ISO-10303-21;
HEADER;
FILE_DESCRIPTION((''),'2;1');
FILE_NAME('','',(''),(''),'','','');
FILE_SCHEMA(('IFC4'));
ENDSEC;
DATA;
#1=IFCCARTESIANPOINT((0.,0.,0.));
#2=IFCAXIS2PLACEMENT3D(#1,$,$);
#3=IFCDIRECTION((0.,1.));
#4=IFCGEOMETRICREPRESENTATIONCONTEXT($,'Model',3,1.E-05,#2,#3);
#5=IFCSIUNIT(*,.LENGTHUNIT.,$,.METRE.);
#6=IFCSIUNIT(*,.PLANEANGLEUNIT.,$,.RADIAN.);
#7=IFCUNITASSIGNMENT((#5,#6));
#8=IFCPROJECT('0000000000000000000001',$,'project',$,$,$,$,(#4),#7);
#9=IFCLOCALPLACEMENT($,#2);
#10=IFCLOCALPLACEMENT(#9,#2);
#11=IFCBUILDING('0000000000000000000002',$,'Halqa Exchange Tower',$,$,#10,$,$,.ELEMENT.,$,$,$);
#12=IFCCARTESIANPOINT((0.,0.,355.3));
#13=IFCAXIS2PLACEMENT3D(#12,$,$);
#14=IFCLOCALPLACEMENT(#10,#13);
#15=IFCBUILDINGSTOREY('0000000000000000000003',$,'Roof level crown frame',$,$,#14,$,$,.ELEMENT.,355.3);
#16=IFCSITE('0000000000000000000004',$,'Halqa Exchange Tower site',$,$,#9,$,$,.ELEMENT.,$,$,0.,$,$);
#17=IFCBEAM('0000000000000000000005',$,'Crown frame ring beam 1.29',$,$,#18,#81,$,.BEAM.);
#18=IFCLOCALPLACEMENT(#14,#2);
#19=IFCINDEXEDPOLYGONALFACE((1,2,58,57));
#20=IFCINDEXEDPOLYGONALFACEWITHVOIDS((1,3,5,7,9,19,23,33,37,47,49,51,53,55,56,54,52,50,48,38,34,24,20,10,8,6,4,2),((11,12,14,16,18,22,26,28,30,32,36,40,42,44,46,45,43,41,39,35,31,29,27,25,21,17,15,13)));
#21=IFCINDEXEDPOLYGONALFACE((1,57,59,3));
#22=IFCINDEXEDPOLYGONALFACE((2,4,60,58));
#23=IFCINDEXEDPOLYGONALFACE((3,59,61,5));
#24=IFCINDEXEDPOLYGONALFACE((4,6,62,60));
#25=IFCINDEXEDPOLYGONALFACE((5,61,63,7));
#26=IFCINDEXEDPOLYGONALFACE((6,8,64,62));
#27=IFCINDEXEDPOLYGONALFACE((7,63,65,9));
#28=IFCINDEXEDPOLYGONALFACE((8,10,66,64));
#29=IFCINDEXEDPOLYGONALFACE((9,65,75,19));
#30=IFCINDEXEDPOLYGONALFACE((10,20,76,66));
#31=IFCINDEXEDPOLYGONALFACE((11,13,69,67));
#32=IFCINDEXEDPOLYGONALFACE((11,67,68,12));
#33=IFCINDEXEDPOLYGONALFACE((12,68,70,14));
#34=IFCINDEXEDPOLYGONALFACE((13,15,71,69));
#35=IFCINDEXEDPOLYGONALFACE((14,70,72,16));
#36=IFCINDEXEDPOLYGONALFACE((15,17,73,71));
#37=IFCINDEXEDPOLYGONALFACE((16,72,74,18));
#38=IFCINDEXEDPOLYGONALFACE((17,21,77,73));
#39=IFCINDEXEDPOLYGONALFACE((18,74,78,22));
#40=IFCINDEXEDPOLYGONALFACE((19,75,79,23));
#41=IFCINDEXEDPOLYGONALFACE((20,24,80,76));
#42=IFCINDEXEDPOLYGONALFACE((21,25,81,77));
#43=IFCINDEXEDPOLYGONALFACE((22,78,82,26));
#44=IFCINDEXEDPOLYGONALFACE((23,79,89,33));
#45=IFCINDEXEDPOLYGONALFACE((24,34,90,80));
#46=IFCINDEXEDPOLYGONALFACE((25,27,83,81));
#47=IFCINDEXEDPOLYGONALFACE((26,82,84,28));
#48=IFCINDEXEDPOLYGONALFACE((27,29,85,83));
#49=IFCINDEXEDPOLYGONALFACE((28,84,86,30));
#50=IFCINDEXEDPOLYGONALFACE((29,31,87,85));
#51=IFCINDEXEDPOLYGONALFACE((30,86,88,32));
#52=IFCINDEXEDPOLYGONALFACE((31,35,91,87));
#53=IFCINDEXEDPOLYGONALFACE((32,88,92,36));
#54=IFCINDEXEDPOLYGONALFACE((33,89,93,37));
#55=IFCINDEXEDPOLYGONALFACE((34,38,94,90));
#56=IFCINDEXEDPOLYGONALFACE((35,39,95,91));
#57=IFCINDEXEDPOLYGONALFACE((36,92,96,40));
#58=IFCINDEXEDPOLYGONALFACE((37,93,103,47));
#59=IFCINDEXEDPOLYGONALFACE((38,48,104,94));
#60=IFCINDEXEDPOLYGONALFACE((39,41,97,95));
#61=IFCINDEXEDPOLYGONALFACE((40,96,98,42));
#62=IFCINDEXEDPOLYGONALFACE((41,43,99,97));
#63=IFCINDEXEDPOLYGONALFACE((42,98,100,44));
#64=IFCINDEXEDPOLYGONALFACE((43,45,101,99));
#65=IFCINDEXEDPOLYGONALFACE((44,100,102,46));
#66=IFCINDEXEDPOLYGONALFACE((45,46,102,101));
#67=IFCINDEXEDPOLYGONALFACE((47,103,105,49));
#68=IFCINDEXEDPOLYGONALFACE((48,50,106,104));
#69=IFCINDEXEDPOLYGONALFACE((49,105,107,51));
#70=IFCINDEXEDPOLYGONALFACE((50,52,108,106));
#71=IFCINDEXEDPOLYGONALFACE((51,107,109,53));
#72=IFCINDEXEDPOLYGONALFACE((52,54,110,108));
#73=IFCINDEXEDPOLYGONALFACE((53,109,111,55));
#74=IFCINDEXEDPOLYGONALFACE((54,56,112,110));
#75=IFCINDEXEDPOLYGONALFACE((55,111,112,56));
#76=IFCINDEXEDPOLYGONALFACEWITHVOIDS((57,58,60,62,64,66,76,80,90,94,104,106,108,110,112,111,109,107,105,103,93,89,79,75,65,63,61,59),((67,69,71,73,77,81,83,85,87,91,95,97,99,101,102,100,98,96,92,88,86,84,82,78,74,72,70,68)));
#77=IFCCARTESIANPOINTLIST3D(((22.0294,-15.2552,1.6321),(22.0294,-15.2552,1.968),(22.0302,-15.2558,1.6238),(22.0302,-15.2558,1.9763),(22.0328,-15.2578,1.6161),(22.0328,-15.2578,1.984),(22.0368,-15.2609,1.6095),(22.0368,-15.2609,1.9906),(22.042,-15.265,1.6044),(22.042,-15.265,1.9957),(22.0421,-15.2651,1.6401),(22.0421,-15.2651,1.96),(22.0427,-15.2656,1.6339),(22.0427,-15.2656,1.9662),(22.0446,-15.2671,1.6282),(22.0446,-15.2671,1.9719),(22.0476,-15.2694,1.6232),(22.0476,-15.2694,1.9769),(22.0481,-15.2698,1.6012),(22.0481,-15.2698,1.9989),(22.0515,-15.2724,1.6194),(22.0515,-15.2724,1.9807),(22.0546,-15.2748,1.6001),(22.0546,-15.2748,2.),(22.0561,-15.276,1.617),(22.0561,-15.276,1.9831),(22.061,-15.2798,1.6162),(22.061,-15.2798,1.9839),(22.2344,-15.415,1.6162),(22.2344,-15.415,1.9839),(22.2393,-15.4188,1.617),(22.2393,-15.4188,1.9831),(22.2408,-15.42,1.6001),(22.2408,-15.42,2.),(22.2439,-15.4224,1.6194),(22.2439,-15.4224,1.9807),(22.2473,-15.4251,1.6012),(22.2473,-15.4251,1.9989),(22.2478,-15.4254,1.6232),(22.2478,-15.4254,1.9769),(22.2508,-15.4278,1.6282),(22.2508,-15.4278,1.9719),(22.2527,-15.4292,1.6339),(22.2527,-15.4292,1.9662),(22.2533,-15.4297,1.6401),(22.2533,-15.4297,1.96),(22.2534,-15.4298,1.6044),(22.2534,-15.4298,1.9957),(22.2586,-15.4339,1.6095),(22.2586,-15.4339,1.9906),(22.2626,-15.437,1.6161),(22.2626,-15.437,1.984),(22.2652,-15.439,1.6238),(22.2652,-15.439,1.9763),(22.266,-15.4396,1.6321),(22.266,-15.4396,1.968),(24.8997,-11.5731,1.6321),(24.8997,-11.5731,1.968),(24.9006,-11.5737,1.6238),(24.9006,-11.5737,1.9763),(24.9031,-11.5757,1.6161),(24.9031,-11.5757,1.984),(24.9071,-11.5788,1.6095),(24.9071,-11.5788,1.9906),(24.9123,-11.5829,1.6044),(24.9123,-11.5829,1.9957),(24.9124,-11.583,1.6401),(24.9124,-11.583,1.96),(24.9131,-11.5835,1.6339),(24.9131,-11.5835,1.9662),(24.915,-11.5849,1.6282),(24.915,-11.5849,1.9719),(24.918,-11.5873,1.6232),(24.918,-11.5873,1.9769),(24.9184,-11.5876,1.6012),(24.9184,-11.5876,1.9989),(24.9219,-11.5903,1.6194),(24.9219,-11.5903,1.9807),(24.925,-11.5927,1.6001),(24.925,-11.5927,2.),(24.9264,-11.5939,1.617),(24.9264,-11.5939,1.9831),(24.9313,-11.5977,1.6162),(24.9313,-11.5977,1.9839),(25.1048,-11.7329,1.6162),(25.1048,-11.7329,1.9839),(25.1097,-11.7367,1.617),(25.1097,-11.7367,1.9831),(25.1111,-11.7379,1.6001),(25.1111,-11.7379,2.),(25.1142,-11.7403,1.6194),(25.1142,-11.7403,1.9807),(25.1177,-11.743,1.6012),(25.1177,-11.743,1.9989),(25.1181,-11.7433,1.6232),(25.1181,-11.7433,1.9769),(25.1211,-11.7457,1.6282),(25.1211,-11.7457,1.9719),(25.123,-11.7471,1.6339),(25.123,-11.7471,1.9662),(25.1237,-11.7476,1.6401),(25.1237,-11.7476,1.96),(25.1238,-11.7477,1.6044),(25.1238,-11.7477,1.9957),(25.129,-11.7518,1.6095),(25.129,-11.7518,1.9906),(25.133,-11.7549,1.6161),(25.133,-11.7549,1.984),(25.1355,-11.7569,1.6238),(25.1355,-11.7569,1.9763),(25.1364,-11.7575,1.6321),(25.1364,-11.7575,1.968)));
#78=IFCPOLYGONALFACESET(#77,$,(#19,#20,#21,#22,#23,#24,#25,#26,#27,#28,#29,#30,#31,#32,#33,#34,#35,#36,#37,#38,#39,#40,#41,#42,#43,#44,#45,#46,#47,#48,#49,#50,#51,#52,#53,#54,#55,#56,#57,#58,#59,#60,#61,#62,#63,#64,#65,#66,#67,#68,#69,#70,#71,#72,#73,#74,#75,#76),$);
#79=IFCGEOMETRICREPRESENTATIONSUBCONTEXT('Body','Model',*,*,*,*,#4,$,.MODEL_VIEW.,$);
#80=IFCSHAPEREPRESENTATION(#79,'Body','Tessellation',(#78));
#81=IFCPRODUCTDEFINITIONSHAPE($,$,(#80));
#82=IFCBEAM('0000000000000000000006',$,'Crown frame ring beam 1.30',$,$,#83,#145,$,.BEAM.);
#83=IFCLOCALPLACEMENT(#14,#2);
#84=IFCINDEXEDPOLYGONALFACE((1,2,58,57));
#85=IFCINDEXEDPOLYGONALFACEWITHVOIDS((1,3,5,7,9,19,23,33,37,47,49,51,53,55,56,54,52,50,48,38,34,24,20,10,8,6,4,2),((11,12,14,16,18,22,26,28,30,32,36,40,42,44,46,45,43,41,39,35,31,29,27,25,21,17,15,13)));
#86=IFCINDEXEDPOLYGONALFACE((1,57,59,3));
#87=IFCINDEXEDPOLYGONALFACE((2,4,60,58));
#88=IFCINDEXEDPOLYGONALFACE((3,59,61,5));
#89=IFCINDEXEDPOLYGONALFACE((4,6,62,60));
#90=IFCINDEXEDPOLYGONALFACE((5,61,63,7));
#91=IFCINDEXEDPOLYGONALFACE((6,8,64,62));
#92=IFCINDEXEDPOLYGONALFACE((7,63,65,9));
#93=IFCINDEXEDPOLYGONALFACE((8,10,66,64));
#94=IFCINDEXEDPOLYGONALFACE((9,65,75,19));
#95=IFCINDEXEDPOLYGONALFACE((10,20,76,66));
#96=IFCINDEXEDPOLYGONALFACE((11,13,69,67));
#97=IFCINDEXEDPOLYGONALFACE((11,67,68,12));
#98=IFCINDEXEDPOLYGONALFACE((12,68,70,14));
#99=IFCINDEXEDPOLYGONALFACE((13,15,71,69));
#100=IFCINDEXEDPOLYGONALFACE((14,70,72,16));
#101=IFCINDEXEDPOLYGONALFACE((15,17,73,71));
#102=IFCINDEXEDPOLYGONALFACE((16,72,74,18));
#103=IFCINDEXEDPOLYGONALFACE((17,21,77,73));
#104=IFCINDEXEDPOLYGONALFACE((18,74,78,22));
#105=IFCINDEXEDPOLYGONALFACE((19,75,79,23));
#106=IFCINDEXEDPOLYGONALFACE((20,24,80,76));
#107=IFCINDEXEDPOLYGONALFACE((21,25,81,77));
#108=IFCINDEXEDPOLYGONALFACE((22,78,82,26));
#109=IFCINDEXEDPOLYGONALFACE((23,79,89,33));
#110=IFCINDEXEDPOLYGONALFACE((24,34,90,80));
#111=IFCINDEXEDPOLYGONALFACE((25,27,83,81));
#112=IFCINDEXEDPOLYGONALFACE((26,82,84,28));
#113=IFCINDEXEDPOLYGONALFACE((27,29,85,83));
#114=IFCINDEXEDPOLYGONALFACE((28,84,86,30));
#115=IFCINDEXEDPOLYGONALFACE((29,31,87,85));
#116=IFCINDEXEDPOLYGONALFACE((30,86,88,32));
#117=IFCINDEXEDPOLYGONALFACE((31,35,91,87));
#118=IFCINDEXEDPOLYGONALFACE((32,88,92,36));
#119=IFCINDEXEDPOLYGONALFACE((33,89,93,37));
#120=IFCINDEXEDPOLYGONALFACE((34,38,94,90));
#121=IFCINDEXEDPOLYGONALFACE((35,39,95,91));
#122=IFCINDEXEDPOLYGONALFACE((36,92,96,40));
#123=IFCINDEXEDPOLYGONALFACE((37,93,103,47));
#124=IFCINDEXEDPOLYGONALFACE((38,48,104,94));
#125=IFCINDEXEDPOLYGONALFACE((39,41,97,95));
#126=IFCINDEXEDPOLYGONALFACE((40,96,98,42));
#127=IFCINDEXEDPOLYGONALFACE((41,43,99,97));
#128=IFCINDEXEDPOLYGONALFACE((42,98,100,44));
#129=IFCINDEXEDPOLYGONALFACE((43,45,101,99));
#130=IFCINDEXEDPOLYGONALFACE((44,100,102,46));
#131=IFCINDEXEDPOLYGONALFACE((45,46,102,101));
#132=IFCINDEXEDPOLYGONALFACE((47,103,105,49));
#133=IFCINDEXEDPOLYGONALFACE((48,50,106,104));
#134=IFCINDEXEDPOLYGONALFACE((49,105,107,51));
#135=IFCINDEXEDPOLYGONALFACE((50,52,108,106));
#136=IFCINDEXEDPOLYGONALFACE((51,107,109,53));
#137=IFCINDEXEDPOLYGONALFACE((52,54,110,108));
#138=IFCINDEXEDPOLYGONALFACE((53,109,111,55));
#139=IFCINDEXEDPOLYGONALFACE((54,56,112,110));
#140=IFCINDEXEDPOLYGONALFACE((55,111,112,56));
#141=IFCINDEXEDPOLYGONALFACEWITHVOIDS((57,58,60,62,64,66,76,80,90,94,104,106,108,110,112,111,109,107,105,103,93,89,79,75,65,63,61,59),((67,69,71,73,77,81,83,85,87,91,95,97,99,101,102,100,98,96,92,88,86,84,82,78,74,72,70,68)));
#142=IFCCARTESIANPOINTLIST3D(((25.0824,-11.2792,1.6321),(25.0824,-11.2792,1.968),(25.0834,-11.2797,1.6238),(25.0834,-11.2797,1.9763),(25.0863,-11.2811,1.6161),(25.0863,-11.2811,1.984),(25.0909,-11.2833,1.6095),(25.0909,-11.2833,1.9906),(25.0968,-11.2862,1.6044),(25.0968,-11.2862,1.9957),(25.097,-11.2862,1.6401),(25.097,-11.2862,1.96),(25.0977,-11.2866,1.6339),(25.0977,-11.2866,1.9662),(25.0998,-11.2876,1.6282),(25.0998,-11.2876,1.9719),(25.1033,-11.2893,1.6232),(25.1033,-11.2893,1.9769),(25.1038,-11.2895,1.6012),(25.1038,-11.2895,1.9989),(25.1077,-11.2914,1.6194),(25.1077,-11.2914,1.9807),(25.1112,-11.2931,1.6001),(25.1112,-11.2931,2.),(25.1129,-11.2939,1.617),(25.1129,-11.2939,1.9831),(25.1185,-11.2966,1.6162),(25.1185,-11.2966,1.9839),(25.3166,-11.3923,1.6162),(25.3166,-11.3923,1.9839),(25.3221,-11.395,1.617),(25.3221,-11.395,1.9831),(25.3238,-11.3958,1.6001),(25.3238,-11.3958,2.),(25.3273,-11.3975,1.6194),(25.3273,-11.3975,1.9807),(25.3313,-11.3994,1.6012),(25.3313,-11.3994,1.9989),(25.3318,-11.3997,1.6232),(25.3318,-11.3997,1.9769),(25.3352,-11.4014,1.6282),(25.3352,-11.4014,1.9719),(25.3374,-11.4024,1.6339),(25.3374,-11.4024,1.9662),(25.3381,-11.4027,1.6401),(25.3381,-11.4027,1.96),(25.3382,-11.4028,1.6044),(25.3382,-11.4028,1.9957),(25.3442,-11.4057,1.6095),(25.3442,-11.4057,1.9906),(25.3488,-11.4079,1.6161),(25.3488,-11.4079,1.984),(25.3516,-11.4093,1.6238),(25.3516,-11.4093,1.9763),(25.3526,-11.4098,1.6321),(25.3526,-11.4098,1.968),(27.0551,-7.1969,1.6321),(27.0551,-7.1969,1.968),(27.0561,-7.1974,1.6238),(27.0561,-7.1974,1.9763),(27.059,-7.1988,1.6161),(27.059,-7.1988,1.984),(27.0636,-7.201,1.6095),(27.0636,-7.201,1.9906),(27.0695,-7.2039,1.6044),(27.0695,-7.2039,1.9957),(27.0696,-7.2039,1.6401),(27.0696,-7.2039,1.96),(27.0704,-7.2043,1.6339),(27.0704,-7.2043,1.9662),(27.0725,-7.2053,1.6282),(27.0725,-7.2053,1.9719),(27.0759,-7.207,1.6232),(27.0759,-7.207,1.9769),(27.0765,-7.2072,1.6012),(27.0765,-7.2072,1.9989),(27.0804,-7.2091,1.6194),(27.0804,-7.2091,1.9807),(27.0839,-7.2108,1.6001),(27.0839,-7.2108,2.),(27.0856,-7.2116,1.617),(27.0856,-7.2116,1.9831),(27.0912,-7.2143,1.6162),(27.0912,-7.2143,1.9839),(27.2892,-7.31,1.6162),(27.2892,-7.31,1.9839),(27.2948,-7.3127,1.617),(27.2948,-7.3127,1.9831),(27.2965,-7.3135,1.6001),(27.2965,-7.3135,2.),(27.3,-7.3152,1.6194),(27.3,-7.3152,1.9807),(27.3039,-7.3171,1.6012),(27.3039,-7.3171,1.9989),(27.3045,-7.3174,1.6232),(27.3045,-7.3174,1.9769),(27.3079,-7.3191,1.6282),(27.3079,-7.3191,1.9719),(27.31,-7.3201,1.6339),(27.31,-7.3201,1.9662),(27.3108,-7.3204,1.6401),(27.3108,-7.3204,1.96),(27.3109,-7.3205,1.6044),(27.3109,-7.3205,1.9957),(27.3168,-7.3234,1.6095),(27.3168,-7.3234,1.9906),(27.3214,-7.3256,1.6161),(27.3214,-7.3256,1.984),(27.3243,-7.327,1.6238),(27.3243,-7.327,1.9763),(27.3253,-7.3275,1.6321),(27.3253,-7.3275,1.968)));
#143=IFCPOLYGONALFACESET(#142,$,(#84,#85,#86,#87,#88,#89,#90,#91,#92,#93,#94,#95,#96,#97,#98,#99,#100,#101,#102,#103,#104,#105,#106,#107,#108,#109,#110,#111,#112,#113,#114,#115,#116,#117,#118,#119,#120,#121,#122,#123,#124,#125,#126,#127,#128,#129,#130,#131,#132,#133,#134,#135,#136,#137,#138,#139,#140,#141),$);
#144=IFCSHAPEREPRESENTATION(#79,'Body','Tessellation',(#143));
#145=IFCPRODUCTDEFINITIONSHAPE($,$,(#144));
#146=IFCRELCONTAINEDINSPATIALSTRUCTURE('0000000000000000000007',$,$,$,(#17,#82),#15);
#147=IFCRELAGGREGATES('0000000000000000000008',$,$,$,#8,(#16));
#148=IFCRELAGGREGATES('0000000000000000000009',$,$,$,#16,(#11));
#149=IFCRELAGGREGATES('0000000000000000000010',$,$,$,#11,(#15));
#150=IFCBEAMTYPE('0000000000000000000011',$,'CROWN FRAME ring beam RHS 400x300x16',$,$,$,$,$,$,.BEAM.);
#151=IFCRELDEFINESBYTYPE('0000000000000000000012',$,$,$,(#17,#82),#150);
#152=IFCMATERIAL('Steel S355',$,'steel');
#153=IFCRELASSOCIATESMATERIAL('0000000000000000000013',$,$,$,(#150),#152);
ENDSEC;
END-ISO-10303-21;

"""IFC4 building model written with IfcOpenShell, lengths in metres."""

from ifc_helpers import new_model, si_unit, direction, frame, origin, origin_2d, place, context, subcontext, project, spatial, hollow_rectangle, extrude, material, material_profile, profile_set, type_object, element, save


model = new_model("IFC4")

# Units and contexts
model_context = context("Model", 3, precision=1e-05, world=origin(), true_north=direction((0.0, 1.0)))
body_context = subcontext(model_context, "Body", "Model", "MODEL_VIEW")
ifc_project = project(units=[si_unit("LENGTHUNIT", "METRE"), si_unit("PLANEANGLEUNIT", "RADIAN")], contexts=[model_context])

# Site, building, storey
site_placement = place(None, origin())
site = spatial("IfcSite", under=ifc_project, at=site_placement, Name="Halqa Exchange Tower site", CompositionType="ELEMENT", RefElevation=0.0)
building_placement = place(site_placement, origin())
building = spatial("IfcBuilding", under=site, at=building_placement, Name="Halqa Exchange Tower", CompositionType="ELEMENT")
storey_placement = place(building_placement, frame((0.0, 0.0, 355.3)))
storey = spatial("IfcBuildingStorey", under=building, at=storey_placement, Name="Roof level crown frame", CompositionType="ELEMENT", Elevation=355.3)

# Shared definitions
ifc_material_1 = material(Name="Steel S355", Category="steel")

# Beams
ifc_material_profile_1 = material_profile(ifc_material_1, hollow_rectangle(XDim=0.3, YDim=0.3999, WallThickness=0.0161, InnerFilletRadius=0.0239, OuterFilletRadius=0.032, at=origin_2d()), Name="RHS 400x300x16")
ifc_profile_set_1 = profile_set([ifc_material_profile_1], Name="Steel S355")
beam_type = type_object("IfcBeamType", Name="CROWN FRAME ring beam RHS 400x300x16", PredefinedType="BEAM", material=ifc_profile_set_1)
beam_1_placement = place(storey_placement, frame((22.1477, -15.3474, 1.8), z_axis=(0.614805, 0.788679, 0.0), x_axis=(-0.788679, 0.614805, 0.0)))
element("IfcBeam", 1, at=beam_1_placement, inside=storey, type_object=beam_type, Name="Crown frame ring beam 1.29", PredefinedType="BEAM", context=body_context, shape_type="SweptSolid", body=[
    extrude(hollow_rectangle(XDim=0.3, YDim=0.3999, WallThickness=0.0161, InnerFilletRadius=0.0239, OuterFilletRadius=0.032, at=origin_2d()), origin(), (0.0, 0.0, 1.0), 4.6687),
])
beam_2_placement = place(storey_placement, frame((25.2175, -11.3445, 1.8), z_axis=(0.435089, 0.900387, 0.0), x_axis=(-0.900387, 0.435089, 0.0)))
element("IfcBeam", 2, at=beam_2_placement, inside=storey, type_object=beam_type, Name="Crown frame ring beam 1.30", PredefinedType="BEAM", context=body_context, shape_type="SweptSolid", body=[
    extrude(hollow_rectangle(XDim=0.3, YDim=0.3999, WallThickness=0.0161, InnerFilletRadius=0.0239, OuterFilletRadius=0.032, at=origin_2d()), origin(), (0.0, 0.0, 1.0), 4.5339),
])

save(model, "model.ifc")
